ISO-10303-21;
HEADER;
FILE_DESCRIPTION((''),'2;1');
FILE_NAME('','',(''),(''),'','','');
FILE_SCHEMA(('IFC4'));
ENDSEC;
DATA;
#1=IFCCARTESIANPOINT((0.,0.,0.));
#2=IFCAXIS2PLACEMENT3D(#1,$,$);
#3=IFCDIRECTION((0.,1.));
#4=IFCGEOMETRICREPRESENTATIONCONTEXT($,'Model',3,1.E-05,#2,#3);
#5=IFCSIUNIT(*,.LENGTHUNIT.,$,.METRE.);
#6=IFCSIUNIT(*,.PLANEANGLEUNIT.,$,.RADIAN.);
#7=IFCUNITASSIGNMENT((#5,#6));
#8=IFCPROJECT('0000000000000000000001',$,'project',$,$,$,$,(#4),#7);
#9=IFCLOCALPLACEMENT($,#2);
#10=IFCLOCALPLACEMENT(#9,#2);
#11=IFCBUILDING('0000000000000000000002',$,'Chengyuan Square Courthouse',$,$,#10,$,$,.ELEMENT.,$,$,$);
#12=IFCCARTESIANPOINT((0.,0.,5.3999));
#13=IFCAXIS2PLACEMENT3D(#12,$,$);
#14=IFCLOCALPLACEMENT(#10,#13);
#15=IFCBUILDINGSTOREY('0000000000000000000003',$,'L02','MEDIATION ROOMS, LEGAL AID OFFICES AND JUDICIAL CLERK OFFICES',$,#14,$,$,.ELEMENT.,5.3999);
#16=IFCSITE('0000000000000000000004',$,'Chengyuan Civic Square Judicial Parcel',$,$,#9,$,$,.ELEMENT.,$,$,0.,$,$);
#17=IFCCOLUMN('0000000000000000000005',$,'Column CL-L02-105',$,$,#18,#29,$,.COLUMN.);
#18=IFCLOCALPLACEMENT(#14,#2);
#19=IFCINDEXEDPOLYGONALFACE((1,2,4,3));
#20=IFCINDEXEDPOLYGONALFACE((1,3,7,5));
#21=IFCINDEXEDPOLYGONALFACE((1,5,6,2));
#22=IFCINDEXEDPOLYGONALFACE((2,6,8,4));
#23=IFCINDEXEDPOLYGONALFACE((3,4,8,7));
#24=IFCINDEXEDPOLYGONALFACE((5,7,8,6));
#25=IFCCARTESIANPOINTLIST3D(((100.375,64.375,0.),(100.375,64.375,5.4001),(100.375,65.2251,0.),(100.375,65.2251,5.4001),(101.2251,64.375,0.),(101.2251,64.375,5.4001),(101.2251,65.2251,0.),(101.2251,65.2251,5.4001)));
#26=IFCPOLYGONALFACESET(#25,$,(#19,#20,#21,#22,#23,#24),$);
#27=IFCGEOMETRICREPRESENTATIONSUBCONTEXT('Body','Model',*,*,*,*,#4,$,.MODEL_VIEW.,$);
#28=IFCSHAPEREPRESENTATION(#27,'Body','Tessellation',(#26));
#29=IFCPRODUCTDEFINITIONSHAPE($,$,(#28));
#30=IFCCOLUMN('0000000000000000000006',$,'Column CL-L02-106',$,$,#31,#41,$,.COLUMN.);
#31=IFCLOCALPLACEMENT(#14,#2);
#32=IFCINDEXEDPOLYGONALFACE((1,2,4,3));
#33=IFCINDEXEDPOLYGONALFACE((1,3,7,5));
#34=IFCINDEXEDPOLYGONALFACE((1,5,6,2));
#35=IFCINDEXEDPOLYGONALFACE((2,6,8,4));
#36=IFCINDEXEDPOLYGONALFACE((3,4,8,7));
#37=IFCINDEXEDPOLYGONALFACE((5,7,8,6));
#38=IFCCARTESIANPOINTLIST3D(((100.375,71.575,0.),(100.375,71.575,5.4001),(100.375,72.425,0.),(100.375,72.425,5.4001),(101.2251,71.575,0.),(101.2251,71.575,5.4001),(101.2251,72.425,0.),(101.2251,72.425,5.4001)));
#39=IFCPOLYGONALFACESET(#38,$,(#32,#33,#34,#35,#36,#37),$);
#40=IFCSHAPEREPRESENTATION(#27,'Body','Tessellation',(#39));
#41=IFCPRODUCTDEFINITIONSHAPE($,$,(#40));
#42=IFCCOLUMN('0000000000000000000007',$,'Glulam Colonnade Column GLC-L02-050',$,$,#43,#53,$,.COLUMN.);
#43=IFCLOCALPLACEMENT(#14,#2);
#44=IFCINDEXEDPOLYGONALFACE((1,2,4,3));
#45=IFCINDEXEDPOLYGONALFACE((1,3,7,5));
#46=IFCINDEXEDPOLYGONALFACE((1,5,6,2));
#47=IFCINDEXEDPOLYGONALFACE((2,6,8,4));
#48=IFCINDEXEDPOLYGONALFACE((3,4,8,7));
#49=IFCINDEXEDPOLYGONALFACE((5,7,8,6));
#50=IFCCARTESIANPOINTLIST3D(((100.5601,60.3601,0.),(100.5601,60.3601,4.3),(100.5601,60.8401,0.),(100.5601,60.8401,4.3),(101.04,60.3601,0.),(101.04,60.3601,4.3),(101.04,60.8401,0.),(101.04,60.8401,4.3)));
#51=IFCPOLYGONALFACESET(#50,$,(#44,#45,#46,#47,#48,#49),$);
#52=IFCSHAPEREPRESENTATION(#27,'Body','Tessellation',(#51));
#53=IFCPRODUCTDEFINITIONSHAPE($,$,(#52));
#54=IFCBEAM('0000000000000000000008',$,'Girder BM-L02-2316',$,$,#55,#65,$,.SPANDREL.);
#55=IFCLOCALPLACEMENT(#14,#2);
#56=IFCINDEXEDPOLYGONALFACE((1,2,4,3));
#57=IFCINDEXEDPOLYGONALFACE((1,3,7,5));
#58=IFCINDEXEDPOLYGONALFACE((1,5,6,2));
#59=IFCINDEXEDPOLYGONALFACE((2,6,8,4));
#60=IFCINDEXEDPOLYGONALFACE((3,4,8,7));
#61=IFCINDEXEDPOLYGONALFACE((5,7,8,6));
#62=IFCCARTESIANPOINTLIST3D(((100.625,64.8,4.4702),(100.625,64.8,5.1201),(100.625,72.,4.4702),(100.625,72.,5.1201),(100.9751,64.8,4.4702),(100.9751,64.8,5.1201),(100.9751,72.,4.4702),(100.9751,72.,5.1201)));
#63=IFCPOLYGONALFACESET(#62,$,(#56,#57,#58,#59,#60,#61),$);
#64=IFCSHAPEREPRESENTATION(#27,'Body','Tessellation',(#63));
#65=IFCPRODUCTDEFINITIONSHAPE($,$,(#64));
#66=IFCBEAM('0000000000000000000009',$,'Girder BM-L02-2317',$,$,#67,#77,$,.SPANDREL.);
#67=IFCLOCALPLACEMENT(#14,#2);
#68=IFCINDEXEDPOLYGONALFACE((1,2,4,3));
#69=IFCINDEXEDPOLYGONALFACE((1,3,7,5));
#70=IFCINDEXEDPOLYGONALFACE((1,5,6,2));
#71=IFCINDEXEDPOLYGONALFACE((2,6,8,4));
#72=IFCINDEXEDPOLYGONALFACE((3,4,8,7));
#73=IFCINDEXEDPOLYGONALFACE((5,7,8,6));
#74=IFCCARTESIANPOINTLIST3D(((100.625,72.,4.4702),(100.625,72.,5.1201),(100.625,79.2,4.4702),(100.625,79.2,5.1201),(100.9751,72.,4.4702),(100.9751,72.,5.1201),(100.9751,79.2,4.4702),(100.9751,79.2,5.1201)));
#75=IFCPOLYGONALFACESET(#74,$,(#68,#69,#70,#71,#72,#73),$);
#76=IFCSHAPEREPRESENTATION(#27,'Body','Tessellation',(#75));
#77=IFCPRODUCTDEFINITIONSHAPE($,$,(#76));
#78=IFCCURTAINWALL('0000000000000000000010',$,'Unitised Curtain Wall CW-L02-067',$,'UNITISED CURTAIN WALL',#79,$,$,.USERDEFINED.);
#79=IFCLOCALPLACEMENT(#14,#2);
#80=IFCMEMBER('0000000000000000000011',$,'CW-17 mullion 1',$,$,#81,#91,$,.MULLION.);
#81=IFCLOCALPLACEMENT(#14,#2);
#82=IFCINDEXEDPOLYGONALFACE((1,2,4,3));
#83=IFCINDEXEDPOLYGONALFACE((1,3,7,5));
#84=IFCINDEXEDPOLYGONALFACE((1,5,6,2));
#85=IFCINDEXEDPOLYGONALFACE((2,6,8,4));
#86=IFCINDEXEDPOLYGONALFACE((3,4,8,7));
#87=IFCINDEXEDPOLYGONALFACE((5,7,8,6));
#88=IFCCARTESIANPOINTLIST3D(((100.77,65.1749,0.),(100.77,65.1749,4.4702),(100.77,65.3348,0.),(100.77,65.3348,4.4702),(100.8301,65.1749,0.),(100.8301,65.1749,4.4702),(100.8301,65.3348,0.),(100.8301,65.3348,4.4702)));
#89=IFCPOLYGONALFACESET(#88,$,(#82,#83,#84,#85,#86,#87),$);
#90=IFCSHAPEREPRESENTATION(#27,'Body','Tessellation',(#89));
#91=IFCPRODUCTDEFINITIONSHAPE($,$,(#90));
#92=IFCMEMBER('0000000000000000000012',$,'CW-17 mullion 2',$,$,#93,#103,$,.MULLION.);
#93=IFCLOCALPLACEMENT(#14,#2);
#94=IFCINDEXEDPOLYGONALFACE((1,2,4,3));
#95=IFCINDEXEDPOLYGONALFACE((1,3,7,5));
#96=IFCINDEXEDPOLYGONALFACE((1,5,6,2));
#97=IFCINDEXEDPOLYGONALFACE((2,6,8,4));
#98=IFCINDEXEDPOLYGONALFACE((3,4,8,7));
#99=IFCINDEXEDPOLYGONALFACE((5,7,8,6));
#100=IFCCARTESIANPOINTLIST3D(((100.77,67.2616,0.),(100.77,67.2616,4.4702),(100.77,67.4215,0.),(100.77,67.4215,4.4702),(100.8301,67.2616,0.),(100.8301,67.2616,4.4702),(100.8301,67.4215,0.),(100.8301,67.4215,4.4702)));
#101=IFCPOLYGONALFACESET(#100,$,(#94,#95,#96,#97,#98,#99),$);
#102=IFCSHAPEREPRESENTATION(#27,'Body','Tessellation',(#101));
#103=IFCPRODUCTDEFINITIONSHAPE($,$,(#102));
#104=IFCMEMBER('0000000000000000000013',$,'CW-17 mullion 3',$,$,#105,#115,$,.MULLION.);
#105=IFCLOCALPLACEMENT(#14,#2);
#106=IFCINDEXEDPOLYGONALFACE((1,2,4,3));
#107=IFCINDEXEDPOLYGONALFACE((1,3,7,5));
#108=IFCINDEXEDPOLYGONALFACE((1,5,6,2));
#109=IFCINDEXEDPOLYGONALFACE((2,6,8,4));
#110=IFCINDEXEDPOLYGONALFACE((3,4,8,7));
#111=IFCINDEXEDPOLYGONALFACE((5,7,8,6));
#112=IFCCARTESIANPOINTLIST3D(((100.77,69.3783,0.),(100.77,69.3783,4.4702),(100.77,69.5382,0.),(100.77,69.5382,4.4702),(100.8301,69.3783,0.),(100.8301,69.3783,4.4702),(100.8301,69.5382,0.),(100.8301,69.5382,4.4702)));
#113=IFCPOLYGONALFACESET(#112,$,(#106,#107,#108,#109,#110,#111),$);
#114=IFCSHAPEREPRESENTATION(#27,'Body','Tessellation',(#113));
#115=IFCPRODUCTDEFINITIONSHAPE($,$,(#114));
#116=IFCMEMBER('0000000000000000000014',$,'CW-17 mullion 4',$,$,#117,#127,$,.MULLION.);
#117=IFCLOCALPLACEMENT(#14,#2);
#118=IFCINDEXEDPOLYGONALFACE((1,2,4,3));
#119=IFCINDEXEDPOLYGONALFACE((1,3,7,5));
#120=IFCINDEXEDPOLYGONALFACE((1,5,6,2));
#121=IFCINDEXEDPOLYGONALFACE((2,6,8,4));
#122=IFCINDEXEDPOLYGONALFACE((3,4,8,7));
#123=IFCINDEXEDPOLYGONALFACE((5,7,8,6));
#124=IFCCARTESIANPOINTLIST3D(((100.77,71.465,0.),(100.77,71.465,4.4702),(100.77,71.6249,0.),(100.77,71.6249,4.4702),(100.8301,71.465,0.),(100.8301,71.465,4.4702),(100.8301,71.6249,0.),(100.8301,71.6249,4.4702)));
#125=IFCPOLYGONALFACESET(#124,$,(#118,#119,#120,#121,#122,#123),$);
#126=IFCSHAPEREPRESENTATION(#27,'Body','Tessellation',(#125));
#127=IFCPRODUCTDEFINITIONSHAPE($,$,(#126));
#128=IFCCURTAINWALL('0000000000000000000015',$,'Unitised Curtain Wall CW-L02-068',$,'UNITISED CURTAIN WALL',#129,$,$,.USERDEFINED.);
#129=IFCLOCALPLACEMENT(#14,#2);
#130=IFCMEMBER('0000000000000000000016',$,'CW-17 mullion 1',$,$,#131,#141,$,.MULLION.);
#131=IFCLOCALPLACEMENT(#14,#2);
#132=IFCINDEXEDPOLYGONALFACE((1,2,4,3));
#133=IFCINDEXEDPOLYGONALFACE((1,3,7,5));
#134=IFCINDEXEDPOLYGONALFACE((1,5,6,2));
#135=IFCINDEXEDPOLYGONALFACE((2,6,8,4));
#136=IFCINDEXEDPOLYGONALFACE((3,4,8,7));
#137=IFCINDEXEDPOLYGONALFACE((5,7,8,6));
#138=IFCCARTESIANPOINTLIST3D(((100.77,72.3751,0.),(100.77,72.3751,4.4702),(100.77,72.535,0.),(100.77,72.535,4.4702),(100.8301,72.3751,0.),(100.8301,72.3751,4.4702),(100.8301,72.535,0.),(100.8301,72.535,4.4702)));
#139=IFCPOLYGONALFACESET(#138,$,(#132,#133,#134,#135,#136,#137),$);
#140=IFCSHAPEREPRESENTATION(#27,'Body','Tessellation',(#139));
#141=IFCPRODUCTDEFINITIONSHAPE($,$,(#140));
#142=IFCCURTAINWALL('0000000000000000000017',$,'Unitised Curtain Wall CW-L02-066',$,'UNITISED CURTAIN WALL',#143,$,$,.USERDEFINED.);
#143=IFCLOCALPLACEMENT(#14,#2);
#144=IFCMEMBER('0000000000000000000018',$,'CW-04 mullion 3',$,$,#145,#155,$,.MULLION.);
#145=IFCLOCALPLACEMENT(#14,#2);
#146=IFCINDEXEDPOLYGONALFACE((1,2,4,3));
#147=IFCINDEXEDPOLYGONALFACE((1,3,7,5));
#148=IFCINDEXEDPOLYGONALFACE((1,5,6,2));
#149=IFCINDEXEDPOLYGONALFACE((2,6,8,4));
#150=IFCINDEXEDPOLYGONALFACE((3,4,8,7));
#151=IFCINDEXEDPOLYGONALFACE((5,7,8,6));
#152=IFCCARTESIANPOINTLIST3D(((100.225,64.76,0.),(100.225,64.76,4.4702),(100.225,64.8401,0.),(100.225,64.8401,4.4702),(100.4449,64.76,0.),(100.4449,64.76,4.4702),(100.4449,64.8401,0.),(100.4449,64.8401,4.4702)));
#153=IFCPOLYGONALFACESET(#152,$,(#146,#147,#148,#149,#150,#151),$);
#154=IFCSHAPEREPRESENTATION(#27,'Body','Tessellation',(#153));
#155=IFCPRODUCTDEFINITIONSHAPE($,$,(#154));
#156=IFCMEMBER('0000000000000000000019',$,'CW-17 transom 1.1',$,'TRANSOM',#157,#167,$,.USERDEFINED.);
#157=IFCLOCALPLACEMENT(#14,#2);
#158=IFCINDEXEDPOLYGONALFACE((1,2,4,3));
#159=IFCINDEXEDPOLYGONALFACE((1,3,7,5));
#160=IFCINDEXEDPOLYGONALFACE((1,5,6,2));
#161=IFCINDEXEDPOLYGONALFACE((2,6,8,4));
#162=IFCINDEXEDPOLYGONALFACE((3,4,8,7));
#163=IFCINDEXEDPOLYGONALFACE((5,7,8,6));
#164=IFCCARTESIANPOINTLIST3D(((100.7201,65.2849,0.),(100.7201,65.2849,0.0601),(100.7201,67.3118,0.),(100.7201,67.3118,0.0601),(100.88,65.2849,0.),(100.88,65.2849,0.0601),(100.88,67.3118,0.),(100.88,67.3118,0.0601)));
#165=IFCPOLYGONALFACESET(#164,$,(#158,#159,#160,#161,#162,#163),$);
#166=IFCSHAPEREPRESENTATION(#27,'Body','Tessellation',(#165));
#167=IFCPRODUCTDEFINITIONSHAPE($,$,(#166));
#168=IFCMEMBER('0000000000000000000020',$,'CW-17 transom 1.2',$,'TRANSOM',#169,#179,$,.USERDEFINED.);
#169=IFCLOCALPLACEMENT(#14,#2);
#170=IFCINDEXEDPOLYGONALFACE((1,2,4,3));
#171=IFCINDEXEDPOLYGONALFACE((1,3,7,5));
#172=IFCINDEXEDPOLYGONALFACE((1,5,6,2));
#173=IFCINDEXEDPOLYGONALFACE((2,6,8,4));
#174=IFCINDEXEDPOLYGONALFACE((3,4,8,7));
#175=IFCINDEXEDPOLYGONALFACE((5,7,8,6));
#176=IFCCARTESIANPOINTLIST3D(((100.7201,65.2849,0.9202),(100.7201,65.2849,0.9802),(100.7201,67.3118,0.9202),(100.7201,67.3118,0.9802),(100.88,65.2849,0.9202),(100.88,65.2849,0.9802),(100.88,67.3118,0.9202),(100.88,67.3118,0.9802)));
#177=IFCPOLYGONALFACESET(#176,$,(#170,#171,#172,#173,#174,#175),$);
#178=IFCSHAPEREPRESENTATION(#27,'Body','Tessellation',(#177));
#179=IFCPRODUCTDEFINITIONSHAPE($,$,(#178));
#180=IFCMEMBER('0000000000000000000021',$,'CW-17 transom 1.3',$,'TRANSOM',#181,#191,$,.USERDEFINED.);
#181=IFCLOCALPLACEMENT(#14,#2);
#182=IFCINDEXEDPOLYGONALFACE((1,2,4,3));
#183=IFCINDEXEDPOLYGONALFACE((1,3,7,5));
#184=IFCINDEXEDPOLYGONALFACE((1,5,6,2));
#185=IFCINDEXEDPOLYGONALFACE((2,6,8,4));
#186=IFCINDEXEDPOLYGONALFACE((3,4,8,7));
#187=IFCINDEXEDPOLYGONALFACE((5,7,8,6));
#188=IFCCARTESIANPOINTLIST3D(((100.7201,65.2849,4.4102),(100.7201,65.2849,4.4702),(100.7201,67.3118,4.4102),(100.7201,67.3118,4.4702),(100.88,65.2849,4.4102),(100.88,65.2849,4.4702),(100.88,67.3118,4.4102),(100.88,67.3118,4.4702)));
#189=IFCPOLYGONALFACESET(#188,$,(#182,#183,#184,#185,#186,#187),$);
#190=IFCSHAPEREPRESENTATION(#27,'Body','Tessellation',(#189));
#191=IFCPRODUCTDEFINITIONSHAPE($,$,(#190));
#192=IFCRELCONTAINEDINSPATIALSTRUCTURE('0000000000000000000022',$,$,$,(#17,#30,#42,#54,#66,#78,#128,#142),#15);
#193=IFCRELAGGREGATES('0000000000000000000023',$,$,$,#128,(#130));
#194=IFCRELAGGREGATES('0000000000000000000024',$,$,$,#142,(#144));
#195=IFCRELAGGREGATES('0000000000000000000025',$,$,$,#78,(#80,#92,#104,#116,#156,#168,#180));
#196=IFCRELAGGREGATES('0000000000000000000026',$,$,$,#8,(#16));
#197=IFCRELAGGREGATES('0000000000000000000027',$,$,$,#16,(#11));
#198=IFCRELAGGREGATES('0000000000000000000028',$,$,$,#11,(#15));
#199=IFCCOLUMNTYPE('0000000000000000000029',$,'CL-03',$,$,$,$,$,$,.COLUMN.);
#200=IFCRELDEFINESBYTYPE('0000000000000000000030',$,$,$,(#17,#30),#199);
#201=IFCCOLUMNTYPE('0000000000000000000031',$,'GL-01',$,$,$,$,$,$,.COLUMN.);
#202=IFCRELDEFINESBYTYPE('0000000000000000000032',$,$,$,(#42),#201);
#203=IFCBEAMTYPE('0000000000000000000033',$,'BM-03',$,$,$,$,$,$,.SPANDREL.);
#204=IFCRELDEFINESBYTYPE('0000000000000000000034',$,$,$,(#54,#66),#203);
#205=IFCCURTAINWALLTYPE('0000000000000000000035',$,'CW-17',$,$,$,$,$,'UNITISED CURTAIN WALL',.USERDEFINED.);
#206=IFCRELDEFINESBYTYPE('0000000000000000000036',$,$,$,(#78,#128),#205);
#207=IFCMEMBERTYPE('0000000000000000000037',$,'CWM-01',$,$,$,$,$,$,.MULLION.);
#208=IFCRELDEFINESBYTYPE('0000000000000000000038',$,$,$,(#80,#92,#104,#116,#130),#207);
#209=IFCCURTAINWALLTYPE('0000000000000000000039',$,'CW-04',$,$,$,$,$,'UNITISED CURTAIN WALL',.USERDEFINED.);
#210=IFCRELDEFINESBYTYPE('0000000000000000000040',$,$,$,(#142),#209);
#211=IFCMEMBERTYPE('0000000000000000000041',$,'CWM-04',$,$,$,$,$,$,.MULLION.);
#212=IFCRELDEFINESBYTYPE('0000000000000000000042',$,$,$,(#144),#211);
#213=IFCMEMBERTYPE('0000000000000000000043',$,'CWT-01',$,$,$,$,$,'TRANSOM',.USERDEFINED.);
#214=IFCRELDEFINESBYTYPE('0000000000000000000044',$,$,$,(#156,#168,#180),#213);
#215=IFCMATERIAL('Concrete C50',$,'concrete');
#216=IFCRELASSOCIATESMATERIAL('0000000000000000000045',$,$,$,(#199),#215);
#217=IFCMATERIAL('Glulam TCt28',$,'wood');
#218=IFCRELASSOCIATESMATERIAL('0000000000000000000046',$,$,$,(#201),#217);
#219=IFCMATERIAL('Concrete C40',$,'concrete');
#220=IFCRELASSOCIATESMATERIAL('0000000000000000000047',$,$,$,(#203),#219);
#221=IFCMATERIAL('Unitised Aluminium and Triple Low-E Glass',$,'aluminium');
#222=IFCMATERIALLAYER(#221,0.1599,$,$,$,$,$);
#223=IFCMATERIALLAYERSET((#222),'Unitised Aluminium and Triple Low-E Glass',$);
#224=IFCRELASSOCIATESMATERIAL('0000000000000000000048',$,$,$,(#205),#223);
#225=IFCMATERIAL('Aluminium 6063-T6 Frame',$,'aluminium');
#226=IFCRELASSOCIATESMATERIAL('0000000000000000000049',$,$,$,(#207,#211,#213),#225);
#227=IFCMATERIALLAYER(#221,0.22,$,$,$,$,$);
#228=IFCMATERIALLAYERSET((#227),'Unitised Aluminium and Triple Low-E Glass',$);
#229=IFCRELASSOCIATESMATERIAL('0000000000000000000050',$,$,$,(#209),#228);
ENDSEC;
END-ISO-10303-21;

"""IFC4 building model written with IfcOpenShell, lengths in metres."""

from ifc_helpers import new_model, si_unit, direction, frame, origin, origin_2d, place, context, subcontext, project, spatial, rectangle, extrude, material, layer, layer_set, material_profile, profile_set, type_object, element, aggregate, save


model = new_model("IFC4")

# Units and contexts
model_context = context("Model", 3, precision=1e-05, world=origin(), true_north=direction((0.0, 1.0)))
body_context = subcontext(model_context, "Body", "Model", "MODEL_VIEW")
ifc_project = project(units=[si_unit("LENGTHUNIT", "METRE"), si_unit("PLANEANGLEUNIT", "RADIAN")], contexts=[model_context])

# Site, building, storey
site_placement = place(None, origin())
site = spatial("IfcSite", under=ifc_project, at=site_placement, Name="Chengyuan Civic Square Judicial Parcel", CompositionType="ELEMENT", RefElevation=0.0)
building_placement = place(site_placement, origin())
building = spatial("IfcBuilding", under=site, at=building_placement, Name="Chengyuan Square Courthouse", CompositionType="ELEMENT")
storey_placement = place(building_placement, frame((0.0, 0.0, 5.3999)))
storey = spatial("IfcBuildingStorey", under=building, at=storey_placement, Name="L02", Description="MEDIATION ROOMS, LEGAL AID OFFICES AND JUDICIAL CLERK OFFICES", CompositionType="ELEMENT", Elevation=5.3999)

# Columns
ifc_material_1 = material(Name="Concrete C50", Category="concrete")
ifc_material_profile_1 = material_profile(ifc_material_1, rectangle(XDim=0.8501, YDim=0.8501, at=origin_2d()), Name="RC-COL-850x850")
ifc_profile_set_1 = profile_set([ifc_material_profile_1], Name="Concrete C50")
column_type_1 = type_object("IfcColumnType", Name="CL-03", PredefinedType="COLUMN", material=ifc_profile_set_1)
for number, where, z_axis, x_axis, name in (
    (1, (100.8, 64.8, 0.0), (0.0, 0.0, 1.0), (1.0, 0.0, 0.0), "Column CL-L02-105"),
    (2, (100.8, 72.0, 0.0), (0.0, 0.0, 1.0), (1.0, 0.0, 0.0), "Column CL-L02-106"),
):
    element("IfcColumn", number, at=place(storey_placement, frame(where, z_axis=z_axis, x_axis=x_axis)), inside=storey, type_object=column_type_1, Name=name, PredefinedType="COLUMN", context=body_context, shape_type="SweptSolid", body=[
        extrude(rectangle(XDim=0.8501, YDim=0.8501, at=origin_2d()), origin(), (0.0, 0.0, 1.0), 5.4001),
    ])
ifc_material_2 = material(Name="Glulam TCt28", Category="wood")
ifc_material_profile_2 = material_profile(ifc_material_2, rectangle(XDim=0.48, YDim=0.48, at=origin_2d()), Name="GL-COL-480x480")
ifc_profile_set_2 = profile_set([ifc_material_profile_2], Name="Glulam TCt28")
column_type_2 = type_object("IfcColumnType", Name="GL-01", PredefinedType="COLUMN", material=ifc_profile_set_2)
column_placement = place(storey_placement, frame((100.8, 60.6001, 0.0), z_axis=(0.0, 0.0, 1.0), x_axis=(1.0, 0.0, 0.0)))
element("IfcColumn", 3, at=column_placement, inside=storey, type_object=column_type_2, Name="Glulam Colonnade Column GLC-L02-050", PredefinedType="COLUMN", context=body_context, shape_type="SweptSolid", body=[
    extrude(rectangle(XDim=0.48, YDim=0.48, at=origin_2d()), origin(), (0.0, 0.0, 1.0), 4.3),
])

# Beams
ifc_material_3 = material(Name="Concrete C40", Category="concrete")
ifc_material_profile_3 = material_profile(ifc_material_3, rectangle(XDim=0.3501, YDim=0.6499, at=origin_2d()), Name="RC-BM-350x650")
ifc_profile_set_3 = profile_set([ifc_material_profile_3], Name="Concrete C40")
beam_type_1 = type_object("IfcBeamType", Name="BM-03", PredefinedType="SPANDREL", material=ifc_profile_set_3)
for number, where, z_axis, x_axis, name in (
    (4, (100.8, 64.8, 4.7952), (0.0, 1.0, 0.0), (-1.0, 0.0, 0.0), "Girder BM-L02-2316"),
    (5, (100.8, 72.0, 4.7952), (0.0, 1.0, 0.0), (-1.0, 0.0, 0.0), "Girder BM-L02-2317"),
):
    element("IfcBeam", number, at=place(storey_placement, frame(where, z_axis=z_axis, x_axis=x_axis)), inside=storey, type_object=beam_type_1, Name=name, PredefinedType="SPANDREL", context=body_context, shape_type="SweptSolid", body=[
        extrude(rectangle(XDim=0.3501, YDim=0.6499, at=origin_2d()), origin(), (0.0, 0.0, 1.0), 7.2),
    ])

# Curtain wall, members
ifc_material_4 = material(Name="Unitised Aluminium and Triple Low-E Glass", Category="aluminium")
ifc_layer_1 = layer(ifc_material_4, 0.1599)
ifc_layer_set_1 = layer_set([ifc_layer_1], Name="Unitised Aluminium and Triple Low-E Glass")
curtain_wall_type_1 = type_object("IfcCurtainWallType", Name="CW-17", ElementType="UNITISED CURTAIN WALL", PredefinedType="USERDEFINED", material=ifc_layer_set_1)
curtain_wall_1_placement = place(storey_placement, origin())
curtain_wall_1 = element("IfcCurtainWall", 6, at=curtain_wall_1_placement, inside=storey, type_object=curtain_wall_type_1, Name="Unitised Curtain Wall CW-L02-067", ObjectType="UNITISED CURTAIN WALL", PredefinedType="USERDEFINED")
ifc_material_5 = material(Name="Aluminium 6063-T6 Frame", Category="aluminium")
ifc_material_profile_4 = material_profile(ifc_material_5, rectangle(XDim=0.0601, YDim=0.1599, at=origin_2d()), Name="CW-MUL-60x160")
ifc_profile_set_4 = profile_set([ifc_material_profile_4], Name="Aluminium 6063-T6 Frame")
member_type_1 = type_object("IfcMemberType", Name="CWM-01", PredefinedType="MULLION", material=ifc_profile_set_4)
member_1_placement = place(storey_placement, frame((100.8, 65.2549, 0.0), z_axis=(0.0, 0.0, 1.0), x_axis=(-1.0, 0.0, 0.0)))
member_1 = element("IfcMember", 7, at=member_1_placement, type_object=member_type_1, Name="CW-17 mullion 1", PredefinedType="MULLION", context=body_context, shape_type="SweptSolid", body=[
    extrude(rectangle(XDim=0.0601, YDim=0.1599, at=origin_2d()), origin(), (0.0, 0.0, 1.0), 4.4702),
])
member_2_placement = place(storey_placement, frame((100.8, 67.3416, 0.0), z_axis=(0.0, 0.0, 1.0), x_axis=(-1.0, 0.0, 0.0)))
member_2 = element("IfcMember", 8, at=member_2_placement, type_object=member_type_1, Name="CW-17 mullion 2", PredefinedType="MULLION", context=body_context, shape_type="SweptSolid", body=[
    extrude(rectangle(XDim=0.0601, YDim=0.1599, at=origin_2d()), origin(), (0.0, 0.0, 1.0), 4.4702),
])
member_3_placement = place(storey_placement, frame((100.8, 69.4583, 0.0), z_axis=(0.0, 0.0, 1.0), x_axis=(-1.0, 0.0, 0.0)))
member_3 = element("IfcMember", 9, at=member_3_placement, type_object=member_type_1, Name="CW-17 mullion 3", PredefinedType="MULLION", context=body_context, shape_type="SweptSolid", body=[
    extrude(rectangle(XDim=0.0601, YDim=0.1599, at=origin_2d()), origin(), (0.0, 0.0, 1.0), 4.4702),
])
member_4_placement = place(storey_placement, frame((100.8, 71.5449, 0.0), z_axis=(0.0, 0.0, 1.0), x_axis=(-1.0, 0.0, 0.0)))
member_4 = element("IfcMember", 10, at=member_4_placement, type_object=member_type_1, Name="CW-17 mullion 4", PredefinedType="MULLION", context=body_context, shape_type="SweptSolid", body=[
    extrude(rectangle(XDim=0.0601, YDim=0.1599, at=origin_2d()), origin(), (0.0, 0.0, 1.0), 4.4702),
])

# Curtain walls, members
curtain_wall_2_placement = place(storey_placement, origin())
curtain_wall_2 = element("IfcCurtainWall", 11, at=curtain_wall_2_placement, inside=storey, type_object=curtain_wall_type_1, Name="Unitised Curtain Wall CW-L02-068", ObjectType="UNITISED CURTAIN WALL", PredefinedType="USERDEFINED")
member_5_placement = place(storey_placement, frame((100.8, 72.4551, 0.0), z_axis=(0.0, 0.0, 1.0), x_axis=(-1.0, 0.0, 0.0)))
member_5 = element("IfcMember", 12, at=member_5_placement, type_object=member_type_1, Name="CW-17 mullion 1", PredefinedType="MULLION", context=body_context, shape_type="SweptSolid", body=[
    extrude(rectangle(XDim=0.0601, YDim=0.1599, at=origin_2d()), origin(), (0.0, 0.0, 1.0), 4.4702),
])
aggregate(curtain_wall_2, [member_5])
ifc_layer_2 = layer(ifc_material_4, 0.22)
ifc_layer_set_2 = layer_set([ifc_layer_2], Name="Unitised Aluminium and Triple Low-E Glass")
curtain_wall_type_2 = type_object("IfcCurtainWallType", Name="CW-04", ElementType="UNITISED CURTAIN WALL", PredefinedType="USERDEFINED", material=ifc_layer_set_2)
curtain_wall_3_placement = place(storey_placement, origin())
curtain_wall_3 = element("IfcCurtainWall", 13, at=curtain_wall_3_placement, inside=storey, type_object=curtain_wall_type_2, Name="Unitised Curtain Wall CW-L02-066", ObjectType="UNITISED CURTAIN WALL", PredefinedType="USERDEFINED")
ifc_material_profile_5 = material_profile(ifc_material_5, rectangle(XDim=0.0801, YDim=0.22, at=origin_2d()), Name="CW-MUL-80x220")
ifc_profile_set_5 = profile_set([ifc_material_profile_5], Name="Aluminium 6063-T6 Frame")
member_type_2 = type_object("IfcMemberType", Name="CWM-04", PredefinedType="MULLION", material=ifc_profile_set_5)
member_6_placement = place(storey_placement, frame((100.335, 64.8, 0.0), z_axis=(0.0, 0.0, 1.0), x_axis=(0.0, 1.0, 0.0)))
member_6 = element("IfcMember", 14, at=member_6_placement, type_object=member_type_2, Name="CW-04 mullion 3", PredefinedType="MULLION", context=body_context, shape_type="SweptSolid", body=[
    extrude(rectangle(XDim=0.0801, YDim=0.22, at=origin_2d()), origin(), (0.0, 0.0, 1.0), 4.4702),
])

# Members
ifc_material_profile_6 = material_profile(ifc_material_5, rectangle(XDim=0.1599, YDim=0.0601, at=origin_2d()), Name="CW-TRN-60x120")
ifc_profile_set_6 = profile_set([ifc_material_profile_6], Name="Aluminium 6063-T6 Frame")
member_type_3 = type_object("IfcMemberType", Name="CWT-01", ElementType="TRANSOM", PredefinedType="USERDEFINED", material=ifc_profile_set_6)
member_7_placement = place(storey_placement, frame((100.8, 65.2849, 0.03), z_axis=(0.0, 1.0, 0.0), x_axis=(-1.0, 0.0, 0.0)))
member_7 = element("IfcMember", 15, at=member_7_placement, type_object=member_type_3, Name="CW-17 transom 1.1", ObjectType="TRANSOM", PredefinedType="USERDEFINED", context=body_context, shape_type="SweptSolid", body=[
    extrude(rectangle(XDim=0.1599, YDim=0.0601, at=origin_2d()), origin(), (0.0, 0.0, 1.0), 2.0269),
])
member_8_placement = place(storey_placement, frame((100.8, 65.2849, 0.9502), z_axis=(0.0, 1.0, 0.0), x_axis=(-1.0, 0.0, 0.0)))
member_8 = element("IfcMember", 16, at=member_8_placement, type_object=member_type_3, Name="CW-17 transom 1.2", ObjectType="TRANSOM", PredefinedType="USERDEFINED", context=body_context, shape_type="SweptSolid", body=[
    extrude(rectangle(XDim=0.1599, YDim=0.0601, at=origin_2d()), origin(), (0.0, 0.0, 1.0), 2.0269),
])
member_9_placement = place(storey_placement, frame((100.8, 65.2849, 4.4402), z_axis=(0.0, 1.0, 0.0), x_axis=(-1.0, 0.0, 0.0)))
member_9 = element("IfcMember", 17, at=member_9_placement, type_object=member_type_3, Name="CW-17 transom 1.3", ObjectType="TRANSOM", PredefinedType="USERDEFINED", context=body_context, shape_type="SweptSolid", body=[
    extrude(rectangle(XDim=0.1599, YDim=0.0601, at=origin_2d()), origin(), (0.0, 0.0, 1.0), 2.0269),
])

aggregate(curtain_wall_3, [member_6])
aggregate(curtain_wall_1, [member_1, member_2, member_3, member_4, member_7, member_8, member_9])

save(model, "model.ifc")
